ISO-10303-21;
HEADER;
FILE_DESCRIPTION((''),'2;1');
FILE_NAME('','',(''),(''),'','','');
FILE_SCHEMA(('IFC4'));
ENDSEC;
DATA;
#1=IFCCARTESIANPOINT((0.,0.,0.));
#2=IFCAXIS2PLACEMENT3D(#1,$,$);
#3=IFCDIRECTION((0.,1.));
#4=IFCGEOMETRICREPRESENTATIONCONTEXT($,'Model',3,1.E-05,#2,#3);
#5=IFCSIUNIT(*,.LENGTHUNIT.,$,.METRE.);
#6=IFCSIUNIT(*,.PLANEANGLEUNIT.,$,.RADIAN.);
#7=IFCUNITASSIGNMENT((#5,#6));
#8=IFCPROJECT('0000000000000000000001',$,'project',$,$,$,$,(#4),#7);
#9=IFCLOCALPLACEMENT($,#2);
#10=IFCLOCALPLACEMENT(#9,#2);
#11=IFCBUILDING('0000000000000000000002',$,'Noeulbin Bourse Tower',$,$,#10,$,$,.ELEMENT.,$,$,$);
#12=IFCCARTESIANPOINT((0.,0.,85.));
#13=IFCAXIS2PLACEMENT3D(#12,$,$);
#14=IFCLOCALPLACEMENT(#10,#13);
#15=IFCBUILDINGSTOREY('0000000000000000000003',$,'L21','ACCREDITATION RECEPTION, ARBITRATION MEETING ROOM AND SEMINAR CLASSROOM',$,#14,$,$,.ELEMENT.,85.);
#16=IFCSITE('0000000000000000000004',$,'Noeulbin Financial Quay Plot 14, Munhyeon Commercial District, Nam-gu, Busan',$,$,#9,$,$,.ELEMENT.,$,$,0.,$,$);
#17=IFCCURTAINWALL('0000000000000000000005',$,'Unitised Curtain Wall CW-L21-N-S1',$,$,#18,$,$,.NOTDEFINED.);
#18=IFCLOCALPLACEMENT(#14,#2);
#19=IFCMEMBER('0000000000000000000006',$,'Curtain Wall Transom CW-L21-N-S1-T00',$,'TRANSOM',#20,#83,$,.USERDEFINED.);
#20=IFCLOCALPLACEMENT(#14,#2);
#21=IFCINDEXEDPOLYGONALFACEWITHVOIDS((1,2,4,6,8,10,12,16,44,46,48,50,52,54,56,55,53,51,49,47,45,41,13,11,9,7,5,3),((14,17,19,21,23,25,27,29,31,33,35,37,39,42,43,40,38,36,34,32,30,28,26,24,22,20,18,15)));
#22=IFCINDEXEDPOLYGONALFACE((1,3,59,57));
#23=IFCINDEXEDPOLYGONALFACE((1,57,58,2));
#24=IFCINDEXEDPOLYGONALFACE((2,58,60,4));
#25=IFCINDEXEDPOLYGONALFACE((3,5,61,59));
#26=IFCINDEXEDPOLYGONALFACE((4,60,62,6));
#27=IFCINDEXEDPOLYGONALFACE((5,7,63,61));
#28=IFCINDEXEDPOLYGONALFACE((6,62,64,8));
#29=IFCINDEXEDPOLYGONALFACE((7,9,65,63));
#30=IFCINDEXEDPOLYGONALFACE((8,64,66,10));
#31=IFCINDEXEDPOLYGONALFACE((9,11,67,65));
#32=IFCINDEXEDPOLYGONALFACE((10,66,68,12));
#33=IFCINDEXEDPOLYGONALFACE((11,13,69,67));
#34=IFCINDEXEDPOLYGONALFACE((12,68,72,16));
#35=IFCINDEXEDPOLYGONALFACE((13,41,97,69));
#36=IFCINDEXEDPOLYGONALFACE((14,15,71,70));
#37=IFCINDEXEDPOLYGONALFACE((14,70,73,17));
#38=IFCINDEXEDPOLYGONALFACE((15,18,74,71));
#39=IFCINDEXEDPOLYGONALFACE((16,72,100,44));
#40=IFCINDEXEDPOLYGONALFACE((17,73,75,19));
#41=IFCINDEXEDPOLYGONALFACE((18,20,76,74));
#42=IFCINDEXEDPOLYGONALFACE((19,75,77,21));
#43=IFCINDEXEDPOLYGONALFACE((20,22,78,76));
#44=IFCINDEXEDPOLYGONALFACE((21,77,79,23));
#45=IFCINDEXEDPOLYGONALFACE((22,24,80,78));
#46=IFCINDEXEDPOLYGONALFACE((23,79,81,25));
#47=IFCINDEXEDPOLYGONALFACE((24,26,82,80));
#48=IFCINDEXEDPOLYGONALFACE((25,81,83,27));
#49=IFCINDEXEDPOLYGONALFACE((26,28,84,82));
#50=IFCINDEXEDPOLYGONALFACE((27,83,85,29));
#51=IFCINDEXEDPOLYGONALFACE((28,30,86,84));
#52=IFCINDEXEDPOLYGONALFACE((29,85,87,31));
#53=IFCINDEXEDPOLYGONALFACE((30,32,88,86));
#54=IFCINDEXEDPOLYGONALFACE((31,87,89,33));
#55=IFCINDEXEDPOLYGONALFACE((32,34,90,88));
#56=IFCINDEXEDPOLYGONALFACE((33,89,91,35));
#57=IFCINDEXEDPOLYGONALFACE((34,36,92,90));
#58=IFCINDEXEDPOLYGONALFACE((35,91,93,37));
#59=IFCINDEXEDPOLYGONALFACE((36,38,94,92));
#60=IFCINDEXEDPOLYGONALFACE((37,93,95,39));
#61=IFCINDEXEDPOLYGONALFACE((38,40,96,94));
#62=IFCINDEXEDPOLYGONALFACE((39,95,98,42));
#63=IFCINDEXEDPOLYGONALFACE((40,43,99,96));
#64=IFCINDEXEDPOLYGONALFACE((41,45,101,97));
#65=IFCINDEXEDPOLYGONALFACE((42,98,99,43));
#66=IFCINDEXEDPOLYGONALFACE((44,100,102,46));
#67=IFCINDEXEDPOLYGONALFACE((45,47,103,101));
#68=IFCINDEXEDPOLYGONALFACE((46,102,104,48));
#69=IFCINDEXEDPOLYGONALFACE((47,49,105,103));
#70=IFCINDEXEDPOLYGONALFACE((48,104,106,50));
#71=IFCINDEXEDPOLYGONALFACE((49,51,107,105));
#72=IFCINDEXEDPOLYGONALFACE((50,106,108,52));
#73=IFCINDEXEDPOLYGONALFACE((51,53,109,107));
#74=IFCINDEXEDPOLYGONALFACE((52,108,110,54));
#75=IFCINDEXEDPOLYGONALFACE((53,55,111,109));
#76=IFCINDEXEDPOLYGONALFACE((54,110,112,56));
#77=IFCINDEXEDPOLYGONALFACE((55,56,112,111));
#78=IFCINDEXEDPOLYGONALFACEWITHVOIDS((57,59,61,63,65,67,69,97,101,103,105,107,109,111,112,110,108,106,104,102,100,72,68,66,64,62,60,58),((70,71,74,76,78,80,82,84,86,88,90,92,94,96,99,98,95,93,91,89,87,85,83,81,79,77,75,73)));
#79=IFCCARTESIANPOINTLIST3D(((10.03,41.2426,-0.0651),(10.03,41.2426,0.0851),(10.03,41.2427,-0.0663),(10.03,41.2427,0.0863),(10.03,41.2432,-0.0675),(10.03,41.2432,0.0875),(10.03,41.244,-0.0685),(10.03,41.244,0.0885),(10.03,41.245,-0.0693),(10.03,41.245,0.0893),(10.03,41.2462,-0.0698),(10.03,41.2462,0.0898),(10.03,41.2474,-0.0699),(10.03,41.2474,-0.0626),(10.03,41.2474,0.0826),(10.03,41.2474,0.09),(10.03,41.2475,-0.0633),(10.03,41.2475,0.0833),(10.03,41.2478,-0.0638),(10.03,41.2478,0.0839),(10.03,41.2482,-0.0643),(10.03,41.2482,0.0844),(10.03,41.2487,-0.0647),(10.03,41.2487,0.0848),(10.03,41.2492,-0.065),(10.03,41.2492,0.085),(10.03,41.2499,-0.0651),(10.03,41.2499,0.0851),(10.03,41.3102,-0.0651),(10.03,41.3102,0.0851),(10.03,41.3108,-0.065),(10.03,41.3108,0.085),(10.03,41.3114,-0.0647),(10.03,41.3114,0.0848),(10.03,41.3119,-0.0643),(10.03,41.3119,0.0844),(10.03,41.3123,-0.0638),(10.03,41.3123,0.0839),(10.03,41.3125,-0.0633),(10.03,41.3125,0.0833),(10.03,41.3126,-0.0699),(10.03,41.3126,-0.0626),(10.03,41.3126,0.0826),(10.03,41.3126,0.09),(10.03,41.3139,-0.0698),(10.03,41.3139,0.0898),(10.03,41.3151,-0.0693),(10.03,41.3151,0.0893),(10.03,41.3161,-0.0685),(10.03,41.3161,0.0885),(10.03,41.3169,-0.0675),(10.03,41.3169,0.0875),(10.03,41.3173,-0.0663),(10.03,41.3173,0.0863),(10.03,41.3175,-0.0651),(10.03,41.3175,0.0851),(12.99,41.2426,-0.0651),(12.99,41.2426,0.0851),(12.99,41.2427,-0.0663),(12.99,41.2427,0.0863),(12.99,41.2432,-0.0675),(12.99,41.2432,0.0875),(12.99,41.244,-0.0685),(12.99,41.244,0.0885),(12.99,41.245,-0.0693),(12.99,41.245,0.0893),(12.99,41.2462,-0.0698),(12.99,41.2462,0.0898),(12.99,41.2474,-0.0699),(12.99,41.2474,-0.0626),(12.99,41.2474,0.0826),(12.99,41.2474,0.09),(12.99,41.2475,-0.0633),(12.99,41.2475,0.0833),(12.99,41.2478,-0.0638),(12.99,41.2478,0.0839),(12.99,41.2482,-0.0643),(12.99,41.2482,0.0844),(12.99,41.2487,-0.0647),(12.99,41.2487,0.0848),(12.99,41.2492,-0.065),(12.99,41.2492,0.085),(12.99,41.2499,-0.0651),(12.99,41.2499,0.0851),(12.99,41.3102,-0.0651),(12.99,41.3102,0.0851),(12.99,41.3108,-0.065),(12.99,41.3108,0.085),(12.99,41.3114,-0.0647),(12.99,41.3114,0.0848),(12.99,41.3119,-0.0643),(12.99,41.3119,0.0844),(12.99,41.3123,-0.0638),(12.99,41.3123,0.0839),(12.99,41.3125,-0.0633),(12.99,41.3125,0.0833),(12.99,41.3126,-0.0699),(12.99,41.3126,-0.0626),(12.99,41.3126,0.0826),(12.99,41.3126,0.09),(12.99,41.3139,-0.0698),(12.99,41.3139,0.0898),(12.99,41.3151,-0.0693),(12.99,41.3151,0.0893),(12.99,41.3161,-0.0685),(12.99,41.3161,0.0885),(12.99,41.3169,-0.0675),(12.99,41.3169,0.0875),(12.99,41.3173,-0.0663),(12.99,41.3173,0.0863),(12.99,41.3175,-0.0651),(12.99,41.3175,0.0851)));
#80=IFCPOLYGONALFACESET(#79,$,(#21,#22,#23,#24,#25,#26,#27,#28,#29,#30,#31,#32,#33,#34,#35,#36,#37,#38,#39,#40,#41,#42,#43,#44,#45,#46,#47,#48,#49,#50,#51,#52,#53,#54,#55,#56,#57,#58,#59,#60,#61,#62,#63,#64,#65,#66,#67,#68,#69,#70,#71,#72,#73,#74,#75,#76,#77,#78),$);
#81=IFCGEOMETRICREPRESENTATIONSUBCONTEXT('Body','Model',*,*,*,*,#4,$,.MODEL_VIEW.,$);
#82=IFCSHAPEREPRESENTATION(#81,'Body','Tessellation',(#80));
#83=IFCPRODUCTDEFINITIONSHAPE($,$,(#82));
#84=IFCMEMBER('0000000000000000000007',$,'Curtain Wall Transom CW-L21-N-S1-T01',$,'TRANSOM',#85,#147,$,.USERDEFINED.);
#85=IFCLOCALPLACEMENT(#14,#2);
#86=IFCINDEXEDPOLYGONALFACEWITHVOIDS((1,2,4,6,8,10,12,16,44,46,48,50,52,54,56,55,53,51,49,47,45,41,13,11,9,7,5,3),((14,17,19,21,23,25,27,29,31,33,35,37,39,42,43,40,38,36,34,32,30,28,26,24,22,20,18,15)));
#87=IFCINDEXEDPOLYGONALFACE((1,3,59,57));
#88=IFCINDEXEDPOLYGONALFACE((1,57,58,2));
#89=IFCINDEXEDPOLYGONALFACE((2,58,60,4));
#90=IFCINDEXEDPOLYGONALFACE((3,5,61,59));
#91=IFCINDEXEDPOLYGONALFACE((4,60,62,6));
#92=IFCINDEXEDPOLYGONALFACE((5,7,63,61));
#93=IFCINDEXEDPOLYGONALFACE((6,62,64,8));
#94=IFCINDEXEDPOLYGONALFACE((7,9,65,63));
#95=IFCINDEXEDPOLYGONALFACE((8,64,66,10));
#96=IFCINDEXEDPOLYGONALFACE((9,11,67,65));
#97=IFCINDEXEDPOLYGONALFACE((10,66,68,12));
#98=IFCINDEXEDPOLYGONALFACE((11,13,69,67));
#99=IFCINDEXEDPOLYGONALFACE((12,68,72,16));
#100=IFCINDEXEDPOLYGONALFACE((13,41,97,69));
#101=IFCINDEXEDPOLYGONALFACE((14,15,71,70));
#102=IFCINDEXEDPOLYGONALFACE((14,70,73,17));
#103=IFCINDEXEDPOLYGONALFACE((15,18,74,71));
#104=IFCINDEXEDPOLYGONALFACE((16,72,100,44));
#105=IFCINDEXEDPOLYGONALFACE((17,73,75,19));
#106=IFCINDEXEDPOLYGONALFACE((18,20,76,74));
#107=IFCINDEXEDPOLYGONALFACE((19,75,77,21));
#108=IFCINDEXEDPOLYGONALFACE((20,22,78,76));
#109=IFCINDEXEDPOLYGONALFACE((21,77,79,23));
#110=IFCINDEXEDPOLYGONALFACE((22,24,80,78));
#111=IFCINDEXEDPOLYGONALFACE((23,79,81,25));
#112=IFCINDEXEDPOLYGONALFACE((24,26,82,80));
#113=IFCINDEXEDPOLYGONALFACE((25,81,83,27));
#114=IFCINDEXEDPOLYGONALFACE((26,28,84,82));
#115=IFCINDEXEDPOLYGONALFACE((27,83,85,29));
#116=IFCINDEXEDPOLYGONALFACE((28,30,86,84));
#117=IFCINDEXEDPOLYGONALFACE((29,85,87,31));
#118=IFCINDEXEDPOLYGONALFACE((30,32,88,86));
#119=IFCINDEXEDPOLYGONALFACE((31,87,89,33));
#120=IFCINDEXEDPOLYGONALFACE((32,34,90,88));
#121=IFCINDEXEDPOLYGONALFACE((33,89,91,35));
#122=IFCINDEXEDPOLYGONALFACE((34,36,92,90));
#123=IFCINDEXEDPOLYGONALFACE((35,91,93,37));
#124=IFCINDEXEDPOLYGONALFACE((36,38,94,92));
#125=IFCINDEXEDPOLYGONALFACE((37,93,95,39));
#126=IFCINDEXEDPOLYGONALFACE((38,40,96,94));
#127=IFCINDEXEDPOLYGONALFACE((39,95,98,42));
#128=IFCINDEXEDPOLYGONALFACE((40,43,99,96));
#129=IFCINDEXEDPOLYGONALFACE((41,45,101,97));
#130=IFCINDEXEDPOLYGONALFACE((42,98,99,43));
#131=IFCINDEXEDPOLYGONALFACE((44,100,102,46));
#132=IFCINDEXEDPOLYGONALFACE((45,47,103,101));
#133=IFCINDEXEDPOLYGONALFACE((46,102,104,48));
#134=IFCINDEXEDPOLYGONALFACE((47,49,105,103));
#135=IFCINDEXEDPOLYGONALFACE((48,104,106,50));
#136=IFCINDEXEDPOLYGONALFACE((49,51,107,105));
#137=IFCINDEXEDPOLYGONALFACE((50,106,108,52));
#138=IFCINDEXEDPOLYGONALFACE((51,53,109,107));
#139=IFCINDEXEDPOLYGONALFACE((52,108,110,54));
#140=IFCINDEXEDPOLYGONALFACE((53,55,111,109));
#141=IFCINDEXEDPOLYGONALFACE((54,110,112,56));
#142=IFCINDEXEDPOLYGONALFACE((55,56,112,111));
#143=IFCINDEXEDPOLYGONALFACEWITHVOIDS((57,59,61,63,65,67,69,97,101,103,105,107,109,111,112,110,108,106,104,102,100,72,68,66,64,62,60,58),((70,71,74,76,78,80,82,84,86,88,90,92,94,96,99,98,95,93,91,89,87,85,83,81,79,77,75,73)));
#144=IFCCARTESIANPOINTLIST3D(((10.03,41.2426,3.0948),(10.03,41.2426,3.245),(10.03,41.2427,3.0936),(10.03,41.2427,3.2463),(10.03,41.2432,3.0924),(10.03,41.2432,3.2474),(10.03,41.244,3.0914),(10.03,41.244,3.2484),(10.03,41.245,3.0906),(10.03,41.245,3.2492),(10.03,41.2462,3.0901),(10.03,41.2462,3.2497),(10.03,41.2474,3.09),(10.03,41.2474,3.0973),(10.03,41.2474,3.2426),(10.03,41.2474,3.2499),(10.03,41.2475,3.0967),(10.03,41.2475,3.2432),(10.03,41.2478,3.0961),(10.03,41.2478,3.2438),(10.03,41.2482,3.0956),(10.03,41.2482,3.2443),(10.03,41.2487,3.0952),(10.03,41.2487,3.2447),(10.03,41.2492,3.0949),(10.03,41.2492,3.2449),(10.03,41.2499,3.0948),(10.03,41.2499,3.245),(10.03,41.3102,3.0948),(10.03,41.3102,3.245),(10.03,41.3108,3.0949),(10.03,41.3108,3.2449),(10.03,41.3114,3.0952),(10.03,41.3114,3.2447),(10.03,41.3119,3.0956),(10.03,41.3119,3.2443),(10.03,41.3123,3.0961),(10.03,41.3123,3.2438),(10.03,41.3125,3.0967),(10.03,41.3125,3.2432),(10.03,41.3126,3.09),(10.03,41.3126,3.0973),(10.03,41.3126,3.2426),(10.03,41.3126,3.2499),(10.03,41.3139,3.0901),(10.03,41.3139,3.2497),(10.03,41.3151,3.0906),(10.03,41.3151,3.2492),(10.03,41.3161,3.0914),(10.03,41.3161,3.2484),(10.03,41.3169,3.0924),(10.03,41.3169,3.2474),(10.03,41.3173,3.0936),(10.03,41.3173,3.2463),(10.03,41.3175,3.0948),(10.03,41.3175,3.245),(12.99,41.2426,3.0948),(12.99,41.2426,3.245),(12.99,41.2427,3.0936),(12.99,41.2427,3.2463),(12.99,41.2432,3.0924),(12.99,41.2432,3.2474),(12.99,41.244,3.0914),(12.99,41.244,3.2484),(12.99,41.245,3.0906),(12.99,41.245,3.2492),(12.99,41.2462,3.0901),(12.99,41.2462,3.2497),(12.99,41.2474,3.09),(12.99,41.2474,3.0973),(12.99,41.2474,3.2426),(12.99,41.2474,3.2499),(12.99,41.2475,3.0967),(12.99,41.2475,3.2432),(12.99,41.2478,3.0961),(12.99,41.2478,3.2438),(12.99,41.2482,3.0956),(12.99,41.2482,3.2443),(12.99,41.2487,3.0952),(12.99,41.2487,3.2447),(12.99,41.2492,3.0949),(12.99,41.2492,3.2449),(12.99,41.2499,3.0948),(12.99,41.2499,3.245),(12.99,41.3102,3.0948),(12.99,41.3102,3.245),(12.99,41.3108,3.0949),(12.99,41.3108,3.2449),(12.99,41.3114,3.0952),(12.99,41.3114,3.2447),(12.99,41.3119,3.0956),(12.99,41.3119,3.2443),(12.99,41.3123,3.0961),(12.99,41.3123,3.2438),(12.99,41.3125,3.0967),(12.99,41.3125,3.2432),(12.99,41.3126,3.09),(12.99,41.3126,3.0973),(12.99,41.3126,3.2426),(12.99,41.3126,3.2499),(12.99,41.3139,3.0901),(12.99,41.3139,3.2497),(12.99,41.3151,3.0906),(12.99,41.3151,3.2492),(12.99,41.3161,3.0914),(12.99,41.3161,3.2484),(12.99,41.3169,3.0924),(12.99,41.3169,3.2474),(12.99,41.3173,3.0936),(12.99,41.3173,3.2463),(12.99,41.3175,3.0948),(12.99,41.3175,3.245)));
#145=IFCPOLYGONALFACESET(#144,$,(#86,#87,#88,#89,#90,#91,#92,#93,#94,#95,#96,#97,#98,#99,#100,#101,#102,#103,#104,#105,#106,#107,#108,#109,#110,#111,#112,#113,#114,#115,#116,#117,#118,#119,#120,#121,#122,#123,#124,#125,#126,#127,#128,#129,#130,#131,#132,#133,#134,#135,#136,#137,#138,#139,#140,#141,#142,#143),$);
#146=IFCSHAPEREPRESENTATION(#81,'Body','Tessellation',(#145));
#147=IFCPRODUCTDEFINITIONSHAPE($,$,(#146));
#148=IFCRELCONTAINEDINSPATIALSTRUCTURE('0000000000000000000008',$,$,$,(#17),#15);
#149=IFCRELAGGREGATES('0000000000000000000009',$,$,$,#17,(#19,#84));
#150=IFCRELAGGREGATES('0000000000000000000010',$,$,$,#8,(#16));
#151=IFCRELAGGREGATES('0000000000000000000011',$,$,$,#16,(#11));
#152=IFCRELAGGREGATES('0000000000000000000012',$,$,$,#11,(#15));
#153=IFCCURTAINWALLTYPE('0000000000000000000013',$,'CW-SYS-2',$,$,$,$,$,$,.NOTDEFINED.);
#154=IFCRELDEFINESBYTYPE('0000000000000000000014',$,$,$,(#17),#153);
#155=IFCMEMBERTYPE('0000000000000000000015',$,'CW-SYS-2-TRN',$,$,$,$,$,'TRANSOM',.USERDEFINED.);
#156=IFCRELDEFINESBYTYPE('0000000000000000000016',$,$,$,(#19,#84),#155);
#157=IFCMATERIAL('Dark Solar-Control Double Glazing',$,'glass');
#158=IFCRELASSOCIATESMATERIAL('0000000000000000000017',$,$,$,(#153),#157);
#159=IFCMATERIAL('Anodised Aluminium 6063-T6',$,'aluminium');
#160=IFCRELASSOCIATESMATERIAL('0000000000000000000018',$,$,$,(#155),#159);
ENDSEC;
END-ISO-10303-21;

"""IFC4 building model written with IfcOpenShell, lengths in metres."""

from ifc_helpers import new_model, si_unit, direction, frame, origin, origin_2d, place, context, subcontext, project, spatial, hollow_rectangle, extrude, material, material_profile, profile_set, type_object, element, aggregate, save


model = new_model("IFC4")

# Units and contexts
model_context = context("Model", 3, precision=1e-05, world=origin(), true_north=direction((0.0, 1.0)))
body_context = subcontext(model_context, "Body", "Model", "MODEL_VIEW")
ifc_project = project(units=[si_unit("LENGTHUNIT", "METRE"), si_unit("PLANEANGLEUNIT", "RADIAN")], contexts=[model_context])

# Site, building, storey
site_placement = place(None, origin())
site = spatial("IfcSite", under=ifc_project, at=site_placement, Name="Noeulbin Financial Quay Plot 14, Munhyeon Commercial District, Nam-gu, Busan", CompositionType="ELEMENT", RefElevation=0.0)
building_placement = place(site_placement, origin())
building = spatial("IfcBuilding", under=site, at=building_placement, Name="Noeulbin Bourse Tower", CompositionType="ELEMENT")
storey_placement = place(building_placement, frame((0.0, 0.0, 85.0)))
storey = spatial("IfcBuildingStorey", under=building, at=storey_placement, Name="L21", Description="ACCREDITATION RECEPTION, ARBITRATION MEETING ROOM AND SEMINAR CLASSROOM", CompositionType="ELEMENT", Elevation=85.0)

# Curtain wall
ifc_material_1 = material(Name="Dark Solar-Control Double Glazing", Category="glass")
curtain_wall_type = type_object("IfcCurtainWallType", Name="CW-SYS-2", PredefinedType="NOTDEFINED", material=ifc_material_1)
curtain_wall_1_placement = place(storey_placement, origin())
curtain_wall_1 = element("IfcCurtainWall", 1, at=curtain_wall_1_placement, inside=storey, type_object=curtain_wall_type, Name="Unitised Curtain Wall CW-L21-N-S1", PredefinedType="NOTDEFINED")
ifc_material_2 = material(Name="Anodised Aluminium 6063-T6", Category="aluminium")

# Members
ifc_material_profile_1 = material_profile(ifc_material_2, hollow_rectangle(XDim=0.075, YDim=0.1599, WallThickness=0.0049, InnerFilletRadius=0.0024, OuterFilletRadius=0.0049, at=origin_2d()), Name="ALU-TRAN-75x160x5", Category="LoadBearing")
ifc_profile_set_1 = profile_set([ifc_material_profile_1], Name="Anodised Aluminium 6063-T6")
member_type_1 = type_object("IfcMemberType", Name="CW-SYS-2-TRN", ElementType="TRANSOM", PredefinedType="USERDEFINED", material=ifc_profile_set_1)
member_1_placement = place(storey_placement, frame((10.03, 41.28, 0.01), z_axis=(1.0, 0.0, 0.0), x_axis=(0.0, 1.0, 0.0)))
member_1 = element("IfcMember", 2, at=member_1_placement, type_object=member_type_1, Name="Curtain Wall Transom CW-L21-N-S1-T00", ObjectType="TRANSOM", PredefinedType="USERDEFINED", context=body_context, shape_type="SweptSolid", body=[
    extrude(hollow_rectangle(XDim=0.075, YDim=0.1599, WallThickness=0.0049, InnerFilletRadius=0.0024, OuterFilletRadius=0.0049, at=origin_2d()), origin(), (0.0, 0.0, 1.0), 2.96),
])
member_2_placement = place(storey_placement, frame((10.03, 41.28, 3.1699), z_axis=(1.0, 0.0, 0.0), x_axis=(0.0, 1.0, 0.0)))
member_2 = element("IfcMember", 3, at=member_2_placement, type_object=member_type_1, Name="Curtain Wall Transom CW-L21-N-S1-T01", ObjectType="TRANSOM", PredefinedType="USERDEFINED", context=body_context, shape_type="SweptSolid", body=[
    extrude(hollow_rectangle(XDim=0.075, YDim=0.1599, WallThickness=0.0049, InnerFilletRadius=0.0024, OuterFilletRadius=0.0049, at=origin_2d()), origin(), (0.0, 0.0, 1.0), 2.96),
])

aggregate(curtain_wall_1, [member_1, member_2])

save(model, "model.ifc")
